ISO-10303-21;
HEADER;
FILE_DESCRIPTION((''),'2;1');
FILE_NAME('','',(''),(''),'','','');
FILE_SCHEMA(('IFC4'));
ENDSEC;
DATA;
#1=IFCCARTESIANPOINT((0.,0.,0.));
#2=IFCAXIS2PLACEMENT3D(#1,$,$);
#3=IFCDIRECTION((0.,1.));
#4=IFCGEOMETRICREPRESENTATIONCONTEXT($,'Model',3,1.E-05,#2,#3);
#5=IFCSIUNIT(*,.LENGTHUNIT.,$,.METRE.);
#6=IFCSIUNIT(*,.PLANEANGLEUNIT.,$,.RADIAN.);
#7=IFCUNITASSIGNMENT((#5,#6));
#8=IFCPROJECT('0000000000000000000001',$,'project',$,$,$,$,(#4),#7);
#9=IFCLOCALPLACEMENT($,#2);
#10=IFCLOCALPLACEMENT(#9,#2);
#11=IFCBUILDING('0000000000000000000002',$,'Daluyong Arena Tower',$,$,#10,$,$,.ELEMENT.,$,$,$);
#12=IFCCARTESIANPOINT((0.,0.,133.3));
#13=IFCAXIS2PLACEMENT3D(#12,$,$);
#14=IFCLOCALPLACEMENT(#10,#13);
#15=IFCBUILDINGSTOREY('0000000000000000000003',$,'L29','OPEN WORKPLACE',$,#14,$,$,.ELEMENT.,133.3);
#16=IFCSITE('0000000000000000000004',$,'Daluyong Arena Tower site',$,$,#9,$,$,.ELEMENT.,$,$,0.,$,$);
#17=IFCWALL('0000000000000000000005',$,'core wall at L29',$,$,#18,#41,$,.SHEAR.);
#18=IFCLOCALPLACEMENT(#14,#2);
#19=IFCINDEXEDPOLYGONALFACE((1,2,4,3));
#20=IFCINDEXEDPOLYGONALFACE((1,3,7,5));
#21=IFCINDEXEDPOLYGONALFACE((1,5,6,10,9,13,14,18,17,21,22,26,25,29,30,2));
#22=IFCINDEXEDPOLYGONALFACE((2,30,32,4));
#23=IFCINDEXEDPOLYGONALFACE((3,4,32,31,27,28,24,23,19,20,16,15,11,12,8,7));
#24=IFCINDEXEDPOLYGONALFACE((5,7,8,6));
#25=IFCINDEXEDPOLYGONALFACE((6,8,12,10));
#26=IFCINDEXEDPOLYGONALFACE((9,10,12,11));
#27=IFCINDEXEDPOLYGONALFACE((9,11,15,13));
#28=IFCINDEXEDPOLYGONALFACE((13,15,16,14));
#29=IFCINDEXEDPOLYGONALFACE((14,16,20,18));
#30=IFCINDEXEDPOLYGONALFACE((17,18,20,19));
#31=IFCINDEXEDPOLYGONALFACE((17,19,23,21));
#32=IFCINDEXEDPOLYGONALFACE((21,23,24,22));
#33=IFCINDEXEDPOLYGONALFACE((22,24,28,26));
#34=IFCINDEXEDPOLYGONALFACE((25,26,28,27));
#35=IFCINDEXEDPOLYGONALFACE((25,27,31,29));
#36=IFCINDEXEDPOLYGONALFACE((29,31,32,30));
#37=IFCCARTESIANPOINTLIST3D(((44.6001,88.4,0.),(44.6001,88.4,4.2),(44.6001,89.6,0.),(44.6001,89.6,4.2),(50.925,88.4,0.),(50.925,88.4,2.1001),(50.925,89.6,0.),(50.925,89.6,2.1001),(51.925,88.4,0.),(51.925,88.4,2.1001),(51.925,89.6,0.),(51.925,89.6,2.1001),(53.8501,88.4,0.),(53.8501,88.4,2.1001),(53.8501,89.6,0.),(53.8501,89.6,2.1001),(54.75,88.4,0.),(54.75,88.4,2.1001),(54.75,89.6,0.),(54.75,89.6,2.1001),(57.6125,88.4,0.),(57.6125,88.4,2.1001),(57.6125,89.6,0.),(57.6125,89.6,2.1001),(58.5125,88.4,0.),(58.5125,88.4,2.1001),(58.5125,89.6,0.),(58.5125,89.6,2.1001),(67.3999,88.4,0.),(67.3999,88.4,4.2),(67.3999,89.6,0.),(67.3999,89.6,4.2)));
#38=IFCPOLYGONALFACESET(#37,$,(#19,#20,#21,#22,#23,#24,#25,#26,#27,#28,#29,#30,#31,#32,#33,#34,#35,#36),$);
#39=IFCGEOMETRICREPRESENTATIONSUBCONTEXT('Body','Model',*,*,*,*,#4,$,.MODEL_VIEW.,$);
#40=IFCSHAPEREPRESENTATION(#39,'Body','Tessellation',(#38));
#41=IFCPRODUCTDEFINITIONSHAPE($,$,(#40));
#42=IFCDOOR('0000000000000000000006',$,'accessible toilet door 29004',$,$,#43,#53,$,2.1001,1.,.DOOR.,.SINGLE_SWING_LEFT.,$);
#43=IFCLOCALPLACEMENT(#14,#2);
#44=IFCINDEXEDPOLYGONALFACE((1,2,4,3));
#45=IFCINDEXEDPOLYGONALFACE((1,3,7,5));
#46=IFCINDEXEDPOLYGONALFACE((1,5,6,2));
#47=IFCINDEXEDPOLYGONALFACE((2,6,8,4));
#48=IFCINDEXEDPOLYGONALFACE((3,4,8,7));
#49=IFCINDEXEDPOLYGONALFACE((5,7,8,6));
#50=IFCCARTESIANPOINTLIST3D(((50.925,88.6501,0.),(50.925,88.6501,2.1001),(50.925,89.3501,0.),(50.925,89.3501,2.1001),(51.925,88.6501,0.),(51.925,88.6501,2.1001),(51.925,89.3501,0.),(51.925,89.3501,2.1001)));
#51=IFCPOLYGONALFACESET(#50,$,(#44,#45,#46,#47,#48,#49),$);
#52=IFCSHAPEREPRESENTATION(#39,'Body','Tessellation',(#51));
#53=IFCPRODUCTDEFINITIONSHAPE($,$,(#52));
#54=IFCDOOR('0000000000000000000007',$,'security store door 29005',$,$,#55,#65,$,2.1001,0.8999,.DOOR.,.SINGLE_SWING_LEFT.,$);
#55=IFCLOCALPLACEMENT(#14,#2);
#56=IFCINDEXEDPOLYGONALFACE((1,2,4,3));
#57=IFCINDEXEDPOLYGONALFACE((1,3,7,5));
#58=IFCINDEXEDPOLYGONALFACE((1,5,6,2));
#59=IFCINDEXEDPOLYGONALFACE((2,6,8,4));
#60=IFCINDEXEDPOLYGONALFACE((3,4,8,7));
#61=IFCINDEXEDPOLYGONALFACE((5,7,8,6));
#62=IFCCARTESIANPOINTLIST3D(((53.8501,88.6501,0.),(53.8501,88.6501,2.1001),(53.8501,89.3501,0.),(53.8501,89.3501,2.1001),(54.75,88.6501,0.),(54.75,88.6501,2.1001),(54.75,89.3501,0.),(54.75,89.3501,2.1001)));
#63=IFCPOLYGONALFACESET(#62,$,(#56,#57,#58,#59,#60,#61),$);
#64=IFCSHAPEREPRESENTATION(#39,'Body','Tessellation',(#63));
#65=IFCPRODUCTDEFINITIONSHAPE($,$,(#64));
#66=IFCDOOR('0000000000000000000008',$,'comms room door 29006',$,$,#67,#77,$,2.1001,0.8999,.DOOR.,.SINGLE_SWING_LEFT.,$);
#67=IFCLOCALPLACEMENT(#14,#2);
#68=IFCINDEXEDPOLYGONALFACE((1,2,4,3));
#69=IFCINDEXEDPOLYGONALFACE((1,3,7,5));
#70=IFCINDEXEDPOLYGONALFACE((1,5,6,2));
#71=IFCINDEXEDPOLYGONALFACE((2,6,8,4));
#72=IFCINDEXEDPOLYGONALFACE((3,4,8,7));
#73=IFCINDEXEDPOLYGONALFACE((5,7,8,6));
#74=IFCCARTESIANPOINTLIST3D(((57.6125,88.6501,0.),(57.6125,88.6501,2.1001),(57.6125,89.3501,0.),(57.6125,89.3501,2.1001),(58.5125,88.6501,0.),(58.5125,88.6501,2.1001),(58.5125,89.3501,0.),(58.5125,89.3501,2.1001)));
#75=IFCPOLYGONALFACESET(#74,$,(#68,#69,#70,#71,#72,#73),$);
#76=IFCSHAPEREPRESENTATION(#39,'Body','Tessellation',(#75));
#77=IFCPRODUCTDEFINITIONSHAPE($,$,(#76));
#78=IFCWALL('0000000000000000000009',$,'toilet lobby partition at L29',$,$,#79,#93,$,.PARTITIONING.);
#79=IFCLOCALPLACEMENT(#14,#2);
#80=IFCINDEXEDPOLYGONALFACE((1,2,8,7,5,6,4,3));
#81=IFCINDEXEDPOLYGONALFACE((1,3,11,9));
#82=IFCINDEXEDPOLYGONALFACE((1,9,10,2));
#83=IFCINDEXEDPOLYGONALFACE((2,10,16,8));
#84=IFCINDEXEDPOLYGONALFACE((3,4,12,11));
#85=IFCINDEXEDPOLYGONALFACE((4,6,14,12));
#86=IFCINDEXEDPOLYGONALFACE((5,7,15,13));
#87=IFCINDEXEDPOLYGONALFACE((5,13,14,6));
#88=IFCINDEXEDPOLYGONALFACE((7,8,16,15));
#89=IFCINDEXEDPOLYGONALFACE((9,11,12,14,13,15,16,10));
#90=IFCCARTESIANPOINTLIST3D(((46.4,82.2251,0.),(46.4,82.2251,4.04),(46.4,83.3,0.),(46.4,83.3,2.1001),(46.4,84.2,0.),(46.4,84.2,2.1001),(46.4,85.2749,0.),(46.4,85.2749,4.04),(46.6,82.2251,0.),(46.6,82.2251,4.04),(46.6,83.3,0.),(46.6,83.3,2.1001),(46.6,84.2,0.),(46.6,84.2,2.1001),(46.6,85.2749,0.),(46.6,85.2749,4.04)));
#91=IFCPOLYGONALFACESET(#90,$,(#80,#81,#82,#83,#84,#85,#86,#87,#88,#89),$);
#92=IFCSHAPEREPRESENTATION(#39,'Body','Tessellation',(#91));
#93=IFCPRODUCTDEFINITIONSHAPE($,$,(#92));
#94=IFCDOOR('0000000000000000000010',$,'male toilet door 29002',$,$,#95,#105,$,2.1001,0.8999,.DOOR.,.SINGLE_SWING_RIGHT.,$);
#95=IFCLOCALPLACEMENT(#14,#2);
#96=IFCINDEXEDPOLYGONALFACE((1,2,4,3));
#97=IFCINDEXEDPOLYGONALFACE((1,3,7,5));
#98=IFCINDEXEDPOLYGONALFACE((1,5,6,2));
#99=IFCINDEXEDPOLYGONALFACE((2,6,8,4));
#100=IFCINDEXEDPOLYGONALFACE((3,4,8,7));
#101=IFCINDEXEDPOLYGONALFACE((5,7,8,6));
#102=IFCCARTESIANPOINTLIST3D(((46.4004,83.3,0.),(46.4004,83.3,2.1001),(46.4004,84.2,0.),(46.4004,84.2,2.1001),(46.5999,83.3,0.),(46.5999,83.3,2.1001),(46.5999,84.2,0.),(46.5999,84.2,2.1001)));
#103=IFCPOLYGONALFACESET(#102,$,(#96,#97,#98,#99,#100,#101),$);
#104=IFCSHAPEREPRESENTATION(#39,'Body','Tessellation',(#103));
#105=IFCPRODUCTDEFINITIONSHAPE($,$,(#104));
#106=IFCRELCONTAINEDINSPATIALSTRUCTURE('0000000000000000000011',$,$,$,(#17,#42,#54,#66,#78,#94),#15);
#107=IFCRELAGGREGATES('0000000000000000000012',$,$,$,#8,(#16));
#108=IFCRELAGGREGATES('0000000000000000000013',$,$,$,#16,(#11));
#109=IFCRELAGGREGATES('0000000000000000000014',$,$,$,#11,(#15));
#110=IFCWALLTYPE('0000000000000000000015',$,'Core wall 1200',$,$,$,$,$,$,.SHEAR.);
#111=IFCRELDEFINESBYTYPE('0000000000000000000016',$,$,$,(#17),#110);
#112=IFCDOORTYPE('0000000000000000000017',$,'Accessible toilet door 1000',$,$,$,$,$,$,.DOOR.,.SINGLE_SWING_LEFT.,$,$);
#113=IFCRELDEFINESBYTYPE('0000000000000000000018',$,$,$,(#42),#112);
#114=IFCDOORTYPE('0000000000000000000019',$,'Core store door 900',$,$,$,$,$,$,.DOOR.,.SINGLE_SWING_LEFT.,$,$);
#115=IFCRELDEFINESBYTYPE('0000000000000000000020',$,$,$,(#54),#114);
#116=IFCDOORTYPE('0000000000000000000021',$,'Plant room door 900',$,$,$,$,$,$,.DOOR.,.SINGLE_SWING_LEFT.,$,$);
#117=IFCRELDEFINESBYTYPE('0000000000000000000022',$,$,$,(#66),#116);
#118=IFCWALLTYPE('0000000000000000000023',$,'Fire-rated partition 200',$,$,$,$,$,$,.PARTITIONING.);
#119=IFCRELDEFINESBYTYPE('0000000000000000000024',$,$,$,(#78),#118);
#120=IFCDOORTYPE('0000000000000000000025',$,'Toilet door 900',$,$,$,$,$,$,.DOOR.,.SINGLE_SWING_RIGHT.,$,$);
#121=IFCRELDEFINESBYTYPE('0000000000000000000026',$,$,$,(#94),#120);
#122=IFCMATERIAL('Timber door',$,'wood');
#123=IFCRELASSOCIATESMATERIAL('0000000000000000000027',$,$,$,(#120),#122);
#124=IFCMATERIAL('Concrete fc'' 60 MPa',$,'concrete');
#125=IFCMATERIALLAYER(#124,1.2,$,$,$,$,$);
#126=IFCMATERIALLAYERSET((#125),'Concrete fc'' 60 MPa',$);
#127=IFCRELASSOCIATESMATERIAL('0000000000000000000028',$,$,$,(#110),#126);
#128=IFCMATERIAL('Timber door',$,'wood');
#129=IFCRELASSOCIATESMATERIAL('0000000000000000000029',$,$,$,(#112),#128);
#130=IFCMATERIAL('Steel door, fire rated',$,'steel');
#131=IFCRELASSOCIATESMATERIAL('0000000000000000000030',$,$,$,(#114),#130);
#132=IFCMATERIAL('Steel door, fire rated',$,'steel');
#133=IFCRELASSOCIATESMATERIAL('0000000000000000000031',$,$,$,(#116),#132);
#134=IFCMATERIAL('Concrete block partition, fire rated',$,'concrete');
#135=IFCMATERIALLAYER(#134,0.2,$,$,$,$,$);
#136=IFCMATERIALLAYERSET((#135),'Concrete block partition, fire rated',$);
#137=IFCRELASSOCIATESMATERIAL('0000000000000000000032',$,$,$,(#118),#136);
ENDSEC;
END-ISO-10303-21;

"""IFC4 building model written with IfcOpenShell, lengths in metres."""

from ifc_helpers import new_model, si_unit, direction, frame, frame_2d, origin, place, context, subcontext, project, spatial, rectangle, extrude, material, layer, layer_set, type_object, element, fill, save


model = new_model("IFC4")

# Units and contexts
model_context = context("Model", 3, precision=1e-05, world=origin(), true_north=direction((0.0, 1.0)))
body_context = subcontext(model_context, "Body", "Model", "MODEL_VIEW")
ifc_project = project(units=[si_unit("LENGTHUNIT", "METRE"), si_unit("PLANEANGLEUNIT", "RADIAN")], contexts=[model_context])

# Site, building, storey
site_placement = place(None, origin())
site = spatial("IfcSite", under=ifc_project, at=site_placement, Name="Daluyong Arena Tower site", CompositionType="ELEMENT", RefElevation=0.0)
building_placement = place(site_placement, origin())
building = spatial("IfcBuilding", under=site, at=building_placement, Name="Daluyong Arena Tower", CompositionType="ELEMENT")
storey_placement = place(building_placement, frame((0.0, 0.0, 133.3)))
storey = spatial("IfcBuildingStorey", under=building, at=storey_placement, Name="L29", Description="OPEN WORKPLACE", CompositionType="ELEMENT", Elevation=133.3)

# Shared definitions
ifc_material_1 = material(Name="Timber door", Category="wood")
door_type_1 = type_object("IfcDoorType", Name="Toilet door 900", OperationType="SINGLE_SWING_RIGHT", PredefinedType="DOOR", material=ifc_material_1)

# Wall, openings, doors
ifc_material_2 = material(Name="Concrete fc' 60 MPa", Category="concrete")
ifc_layer_1 = layer(ifc_material_2, 1.2)
ifc_layer_set_1 = layer_set([ifc_layer_1], Name="Concrete fc' 60 MPa")
wall_type_1 = type_object("IfcWallType", Name="Core wall 1200", PredefinedType="SHEAR", material=ifc_layer_set_1)
wall_1_placement = place(storey_placement, frame((44.6001, 89.0, 0.0), z_axis=(0.0, 0.0, 1.0), x_axis=(1.0, 0.0, 0.0)))
wall_1 = element("IfcWall", 1, at=wall_1_placement, inside=storey, type_object=wall_type_1, Name="core wall at L29", PredefinedType="SHEAR", context=body_context, shape_type="SweptSolid", body=[
    extrude(rectangle(XDim=22.7998, YDim=1.2, at=frame_2d((11.3999, 0.0))), origin(), (0.0, 0.0, 1.0), 4.2),
])
opening_1_placement = place(wall_1_placement, frame((6.325, 0.0, 0.0)))
opening_1 = element("IfcOpeningElement", 2, at=opening_1_placement, cuts=wall_1, PredefinedType="OPENING", context=body_context, shape_type="SweptSolid", body=[
    extrude(rectangle(XDim=1.0, YDim=2.1001, at=frame_2d((0.5, 1.05))), frame((0.0, 0.6099, 0.0), z_axis=(0.0, -1.0, 0.0), x_axis=(1.0, 0.0, 0.0)), (0.0, 0.0, 1.0), 1.22),
])
opening_2_placement = place(wall_1_placement, frame((9.25, 0.0, 0.0)))
opening_2 = element("IfcOpeningElement", 3, at=opening_2_placement, cuts=wall_1, PredefinedType="OPENING", context=body_context, shape_type="SweptSolid", body=[
    extrude(rectangle(XDim=0.8999, YDim=2.1001, at=frame_2d((0.45, 1.05))), frame((0.0, 0.6099, 0.0), z_axis=(0.0, -1.0, 0.0), x_axis=(1.0, 0.0, 0.0)), (0.0, 0.0, 1.0), 1.22),
])
opening_3_placement = place(wall_1_placement, frame((13.0125, 0.0, 0.0)))
opening_3 = element("IfcOpeningElement", 4, at=opening_3_placement, cuts=wall_1, PredefinedType="OPENING", context=body_context, shape_type="SweptSolid", body=[
    extrude(rectangle(XDim=0.8999, YDim=2.1001, at=frame_2d((0.45, 1.05))), frame((0.0, 0.6099, 0.0), z_axis=(0.0, -1.0, 0.0), x_axis=(1.0, 0.0, 0.0)), (0.0, 0.0, 1.0), 1.22),
])
ifc_material_3 = material(Name="Timber door", Category="wood")
door_type_2 = type_object("IfcDoorType", Name="Accessible toilet door 1000", OperationType="SINGLE_SWING_LEFT", PredefinedType="DOOR", material=ifc_material_3)
door_1_placement = place(opening_1_placement, origin())
door_1 = element("IfcDoor", 5, at=door_1_placement, inside=storey, type_object=door_type_2, Name="accessible toilet door 29004", OperationType="SINGLE_SWING_LEFT", OverallHeight=2.1001, OverallWidth=1.0, PredefinedType="DOOR", context=body_context, shape_type="SweptSolid", body=[
    extrude(rectangle(XDim=1.0, YDim=2.1001, at=frame_2d((0.5, 1.05))), frame((0.0, 0.3501, 0.0), z_axis=(0.0, -1.0, 0.0), x_axis=(1.0, 0.0, 0.0)), (0.0, 0.0, 1.0), 0.7),
])
fill(opening_1, door_1)
ifc_material_4 = material(Name="Steel door, fire rated", Category="steel")
door_type_3 = type_object("IfcDoorType", Name="Core store door 900", OperationType="SINGLE_SWING_LEFT", PredefinedType="DOOR", material=ifc_material_4)
door_2_placement = place(opening_2_placement, origin())
door_2 = element("IfcDoor", 6, at=door_2_placement, inside=storey, type_object=door_type_3, Name="security store door 29005", OperationType="SINGLE_SWING_LEFT", OverallHeight=2.1001, OverallWidth=0.8999, PredefinedType="DOOR", context=body_context, shape_type="SweptSolid", body=[
    extrude(rectangle(XDim=0.8999, YDim=2.1001, at=frame_2d((0.45, 1.05))), frame((0.0, 0.3501, 0.0), z_axis=(0.0, -1.0, 0.0), x_axis=(1.0, 0.0, 0.0)), (0.0, 0.0, 1.0), 0.7),
])
fill(opening_2, door_2)
ifc_material_5 = material(Name="Steel door, fire rated", Category="steel")
door_type_4 = type_object("IfcDoorType", Name="Plant room door 900", OperationType="SINGLE_SWING_LEFT", PredefinedType="DOOR", material=ifc_material_5)
door_3_placement = place(opening_3_placement, origin())
door_3 = element("IfcDoor", 7, at=door_3_placement, inside=storey, type_object=door_type_4, Name="comms room door 29006", OperationType="SINGLE_SWING_LEFT", OverallHeight=2.1001, OverallWidth=0.8999, PredefinedType="DOOR", context=body_context, shape_type="SweptSolid", body=[
    extrude(rectangle(XDim=0.8999, YDim=2.1001, at=frame_2d((0.45, 1.05))), frame((0.0, 0.3501, 0.0), z_axis=(0.0, -1.0, 0.0), x_axis=(1.0, 0.0, 0.0)), (0.0, 0.0, 1.0), 0.7),
])
fill(opening_3, door_3)

# Wall, opening, door
ifc_material_6 = material(Name="Concrete block partition, fire rated", Category="concrete")
ifc_layer_2 = layer(ifc_material_6, 0.2)
ifc_layer_set_2 = layer_set([ifc_layer_2], Name="Concrete block partition, fire rated")
wall_type_2 = type_object("IfcWallType", Name="Fire-rated partition 200", PredefinedType="PARTITIONING", material=ifc_layer_set_2)
wall_2_placement = place(storey_placement, frame((46.5, 82.2251, 0.0), z_axis=(0.0, 0.0, 1.0), x_axis=(0.0, 1.0, 0.0)))
wall_2 = element("IfcWall", 8, at=wall_2_placement, inside=storey, type_object=wall_type_2, Name="toilet lobby partition at L29", PredefinedType="PARTITIONING", context=body_context, shape_type="SweptSolid", body=[
    extrude(rectangle(XDim=3.0498, YDim=0.2, at=frame_2d((1.5249, 0.0))), origin(), (0.0, 0.0, 1.0), 4.04),
])
opening_4_placement = place(wall_2_placement, frame((1.075, 0.0, 0.0)))
opening_4 = element("IfcOpeningElement", 9, at=opening_4_placement, cuts=wall_2, PredefinedType="OPENING", context=body_context, shape_type="SweptSolid", body=[
    extrude(rectangle(XDim=0.8999, YDim=2.1001, at=frame_2d((0.45, 1.05))), frame((0.0, 0.1099, 0.0), z_axis=(0.0, -1.0, 0.0), x_axis=(1.0, 0.0, 0.0)), (0.0, 0.0, 1.0), 0.22),
])
door_4_placement = place(opening_4_placement, origin())
door_4 = element("IfcDoor", 10, at=door_4_placement, inside=storey, type_object=door_type_1, Name="male toilet door 29002", OperationType="SINGLE_SWING_RIGHT", OverallHeight=2.1001, OverallWidth=0.8999, PredefinedType="DOOR", context=body_context, shape_type="SweptSolid", body=[
    extrude(rectangle(XDim=0.8999, YDim=2.1001, at=frame_2d((0.45, 1.05))), frame((0.0, 0.0996, 0.0), z_axis=(0.0, -1.0, 0.0), x_axis=(1.0, 0.0, 0.0)), (0.0, 0.0, 1.0), 0.1995),
])
fill(opening_4, door_4)

save(model, "model.ifc")
